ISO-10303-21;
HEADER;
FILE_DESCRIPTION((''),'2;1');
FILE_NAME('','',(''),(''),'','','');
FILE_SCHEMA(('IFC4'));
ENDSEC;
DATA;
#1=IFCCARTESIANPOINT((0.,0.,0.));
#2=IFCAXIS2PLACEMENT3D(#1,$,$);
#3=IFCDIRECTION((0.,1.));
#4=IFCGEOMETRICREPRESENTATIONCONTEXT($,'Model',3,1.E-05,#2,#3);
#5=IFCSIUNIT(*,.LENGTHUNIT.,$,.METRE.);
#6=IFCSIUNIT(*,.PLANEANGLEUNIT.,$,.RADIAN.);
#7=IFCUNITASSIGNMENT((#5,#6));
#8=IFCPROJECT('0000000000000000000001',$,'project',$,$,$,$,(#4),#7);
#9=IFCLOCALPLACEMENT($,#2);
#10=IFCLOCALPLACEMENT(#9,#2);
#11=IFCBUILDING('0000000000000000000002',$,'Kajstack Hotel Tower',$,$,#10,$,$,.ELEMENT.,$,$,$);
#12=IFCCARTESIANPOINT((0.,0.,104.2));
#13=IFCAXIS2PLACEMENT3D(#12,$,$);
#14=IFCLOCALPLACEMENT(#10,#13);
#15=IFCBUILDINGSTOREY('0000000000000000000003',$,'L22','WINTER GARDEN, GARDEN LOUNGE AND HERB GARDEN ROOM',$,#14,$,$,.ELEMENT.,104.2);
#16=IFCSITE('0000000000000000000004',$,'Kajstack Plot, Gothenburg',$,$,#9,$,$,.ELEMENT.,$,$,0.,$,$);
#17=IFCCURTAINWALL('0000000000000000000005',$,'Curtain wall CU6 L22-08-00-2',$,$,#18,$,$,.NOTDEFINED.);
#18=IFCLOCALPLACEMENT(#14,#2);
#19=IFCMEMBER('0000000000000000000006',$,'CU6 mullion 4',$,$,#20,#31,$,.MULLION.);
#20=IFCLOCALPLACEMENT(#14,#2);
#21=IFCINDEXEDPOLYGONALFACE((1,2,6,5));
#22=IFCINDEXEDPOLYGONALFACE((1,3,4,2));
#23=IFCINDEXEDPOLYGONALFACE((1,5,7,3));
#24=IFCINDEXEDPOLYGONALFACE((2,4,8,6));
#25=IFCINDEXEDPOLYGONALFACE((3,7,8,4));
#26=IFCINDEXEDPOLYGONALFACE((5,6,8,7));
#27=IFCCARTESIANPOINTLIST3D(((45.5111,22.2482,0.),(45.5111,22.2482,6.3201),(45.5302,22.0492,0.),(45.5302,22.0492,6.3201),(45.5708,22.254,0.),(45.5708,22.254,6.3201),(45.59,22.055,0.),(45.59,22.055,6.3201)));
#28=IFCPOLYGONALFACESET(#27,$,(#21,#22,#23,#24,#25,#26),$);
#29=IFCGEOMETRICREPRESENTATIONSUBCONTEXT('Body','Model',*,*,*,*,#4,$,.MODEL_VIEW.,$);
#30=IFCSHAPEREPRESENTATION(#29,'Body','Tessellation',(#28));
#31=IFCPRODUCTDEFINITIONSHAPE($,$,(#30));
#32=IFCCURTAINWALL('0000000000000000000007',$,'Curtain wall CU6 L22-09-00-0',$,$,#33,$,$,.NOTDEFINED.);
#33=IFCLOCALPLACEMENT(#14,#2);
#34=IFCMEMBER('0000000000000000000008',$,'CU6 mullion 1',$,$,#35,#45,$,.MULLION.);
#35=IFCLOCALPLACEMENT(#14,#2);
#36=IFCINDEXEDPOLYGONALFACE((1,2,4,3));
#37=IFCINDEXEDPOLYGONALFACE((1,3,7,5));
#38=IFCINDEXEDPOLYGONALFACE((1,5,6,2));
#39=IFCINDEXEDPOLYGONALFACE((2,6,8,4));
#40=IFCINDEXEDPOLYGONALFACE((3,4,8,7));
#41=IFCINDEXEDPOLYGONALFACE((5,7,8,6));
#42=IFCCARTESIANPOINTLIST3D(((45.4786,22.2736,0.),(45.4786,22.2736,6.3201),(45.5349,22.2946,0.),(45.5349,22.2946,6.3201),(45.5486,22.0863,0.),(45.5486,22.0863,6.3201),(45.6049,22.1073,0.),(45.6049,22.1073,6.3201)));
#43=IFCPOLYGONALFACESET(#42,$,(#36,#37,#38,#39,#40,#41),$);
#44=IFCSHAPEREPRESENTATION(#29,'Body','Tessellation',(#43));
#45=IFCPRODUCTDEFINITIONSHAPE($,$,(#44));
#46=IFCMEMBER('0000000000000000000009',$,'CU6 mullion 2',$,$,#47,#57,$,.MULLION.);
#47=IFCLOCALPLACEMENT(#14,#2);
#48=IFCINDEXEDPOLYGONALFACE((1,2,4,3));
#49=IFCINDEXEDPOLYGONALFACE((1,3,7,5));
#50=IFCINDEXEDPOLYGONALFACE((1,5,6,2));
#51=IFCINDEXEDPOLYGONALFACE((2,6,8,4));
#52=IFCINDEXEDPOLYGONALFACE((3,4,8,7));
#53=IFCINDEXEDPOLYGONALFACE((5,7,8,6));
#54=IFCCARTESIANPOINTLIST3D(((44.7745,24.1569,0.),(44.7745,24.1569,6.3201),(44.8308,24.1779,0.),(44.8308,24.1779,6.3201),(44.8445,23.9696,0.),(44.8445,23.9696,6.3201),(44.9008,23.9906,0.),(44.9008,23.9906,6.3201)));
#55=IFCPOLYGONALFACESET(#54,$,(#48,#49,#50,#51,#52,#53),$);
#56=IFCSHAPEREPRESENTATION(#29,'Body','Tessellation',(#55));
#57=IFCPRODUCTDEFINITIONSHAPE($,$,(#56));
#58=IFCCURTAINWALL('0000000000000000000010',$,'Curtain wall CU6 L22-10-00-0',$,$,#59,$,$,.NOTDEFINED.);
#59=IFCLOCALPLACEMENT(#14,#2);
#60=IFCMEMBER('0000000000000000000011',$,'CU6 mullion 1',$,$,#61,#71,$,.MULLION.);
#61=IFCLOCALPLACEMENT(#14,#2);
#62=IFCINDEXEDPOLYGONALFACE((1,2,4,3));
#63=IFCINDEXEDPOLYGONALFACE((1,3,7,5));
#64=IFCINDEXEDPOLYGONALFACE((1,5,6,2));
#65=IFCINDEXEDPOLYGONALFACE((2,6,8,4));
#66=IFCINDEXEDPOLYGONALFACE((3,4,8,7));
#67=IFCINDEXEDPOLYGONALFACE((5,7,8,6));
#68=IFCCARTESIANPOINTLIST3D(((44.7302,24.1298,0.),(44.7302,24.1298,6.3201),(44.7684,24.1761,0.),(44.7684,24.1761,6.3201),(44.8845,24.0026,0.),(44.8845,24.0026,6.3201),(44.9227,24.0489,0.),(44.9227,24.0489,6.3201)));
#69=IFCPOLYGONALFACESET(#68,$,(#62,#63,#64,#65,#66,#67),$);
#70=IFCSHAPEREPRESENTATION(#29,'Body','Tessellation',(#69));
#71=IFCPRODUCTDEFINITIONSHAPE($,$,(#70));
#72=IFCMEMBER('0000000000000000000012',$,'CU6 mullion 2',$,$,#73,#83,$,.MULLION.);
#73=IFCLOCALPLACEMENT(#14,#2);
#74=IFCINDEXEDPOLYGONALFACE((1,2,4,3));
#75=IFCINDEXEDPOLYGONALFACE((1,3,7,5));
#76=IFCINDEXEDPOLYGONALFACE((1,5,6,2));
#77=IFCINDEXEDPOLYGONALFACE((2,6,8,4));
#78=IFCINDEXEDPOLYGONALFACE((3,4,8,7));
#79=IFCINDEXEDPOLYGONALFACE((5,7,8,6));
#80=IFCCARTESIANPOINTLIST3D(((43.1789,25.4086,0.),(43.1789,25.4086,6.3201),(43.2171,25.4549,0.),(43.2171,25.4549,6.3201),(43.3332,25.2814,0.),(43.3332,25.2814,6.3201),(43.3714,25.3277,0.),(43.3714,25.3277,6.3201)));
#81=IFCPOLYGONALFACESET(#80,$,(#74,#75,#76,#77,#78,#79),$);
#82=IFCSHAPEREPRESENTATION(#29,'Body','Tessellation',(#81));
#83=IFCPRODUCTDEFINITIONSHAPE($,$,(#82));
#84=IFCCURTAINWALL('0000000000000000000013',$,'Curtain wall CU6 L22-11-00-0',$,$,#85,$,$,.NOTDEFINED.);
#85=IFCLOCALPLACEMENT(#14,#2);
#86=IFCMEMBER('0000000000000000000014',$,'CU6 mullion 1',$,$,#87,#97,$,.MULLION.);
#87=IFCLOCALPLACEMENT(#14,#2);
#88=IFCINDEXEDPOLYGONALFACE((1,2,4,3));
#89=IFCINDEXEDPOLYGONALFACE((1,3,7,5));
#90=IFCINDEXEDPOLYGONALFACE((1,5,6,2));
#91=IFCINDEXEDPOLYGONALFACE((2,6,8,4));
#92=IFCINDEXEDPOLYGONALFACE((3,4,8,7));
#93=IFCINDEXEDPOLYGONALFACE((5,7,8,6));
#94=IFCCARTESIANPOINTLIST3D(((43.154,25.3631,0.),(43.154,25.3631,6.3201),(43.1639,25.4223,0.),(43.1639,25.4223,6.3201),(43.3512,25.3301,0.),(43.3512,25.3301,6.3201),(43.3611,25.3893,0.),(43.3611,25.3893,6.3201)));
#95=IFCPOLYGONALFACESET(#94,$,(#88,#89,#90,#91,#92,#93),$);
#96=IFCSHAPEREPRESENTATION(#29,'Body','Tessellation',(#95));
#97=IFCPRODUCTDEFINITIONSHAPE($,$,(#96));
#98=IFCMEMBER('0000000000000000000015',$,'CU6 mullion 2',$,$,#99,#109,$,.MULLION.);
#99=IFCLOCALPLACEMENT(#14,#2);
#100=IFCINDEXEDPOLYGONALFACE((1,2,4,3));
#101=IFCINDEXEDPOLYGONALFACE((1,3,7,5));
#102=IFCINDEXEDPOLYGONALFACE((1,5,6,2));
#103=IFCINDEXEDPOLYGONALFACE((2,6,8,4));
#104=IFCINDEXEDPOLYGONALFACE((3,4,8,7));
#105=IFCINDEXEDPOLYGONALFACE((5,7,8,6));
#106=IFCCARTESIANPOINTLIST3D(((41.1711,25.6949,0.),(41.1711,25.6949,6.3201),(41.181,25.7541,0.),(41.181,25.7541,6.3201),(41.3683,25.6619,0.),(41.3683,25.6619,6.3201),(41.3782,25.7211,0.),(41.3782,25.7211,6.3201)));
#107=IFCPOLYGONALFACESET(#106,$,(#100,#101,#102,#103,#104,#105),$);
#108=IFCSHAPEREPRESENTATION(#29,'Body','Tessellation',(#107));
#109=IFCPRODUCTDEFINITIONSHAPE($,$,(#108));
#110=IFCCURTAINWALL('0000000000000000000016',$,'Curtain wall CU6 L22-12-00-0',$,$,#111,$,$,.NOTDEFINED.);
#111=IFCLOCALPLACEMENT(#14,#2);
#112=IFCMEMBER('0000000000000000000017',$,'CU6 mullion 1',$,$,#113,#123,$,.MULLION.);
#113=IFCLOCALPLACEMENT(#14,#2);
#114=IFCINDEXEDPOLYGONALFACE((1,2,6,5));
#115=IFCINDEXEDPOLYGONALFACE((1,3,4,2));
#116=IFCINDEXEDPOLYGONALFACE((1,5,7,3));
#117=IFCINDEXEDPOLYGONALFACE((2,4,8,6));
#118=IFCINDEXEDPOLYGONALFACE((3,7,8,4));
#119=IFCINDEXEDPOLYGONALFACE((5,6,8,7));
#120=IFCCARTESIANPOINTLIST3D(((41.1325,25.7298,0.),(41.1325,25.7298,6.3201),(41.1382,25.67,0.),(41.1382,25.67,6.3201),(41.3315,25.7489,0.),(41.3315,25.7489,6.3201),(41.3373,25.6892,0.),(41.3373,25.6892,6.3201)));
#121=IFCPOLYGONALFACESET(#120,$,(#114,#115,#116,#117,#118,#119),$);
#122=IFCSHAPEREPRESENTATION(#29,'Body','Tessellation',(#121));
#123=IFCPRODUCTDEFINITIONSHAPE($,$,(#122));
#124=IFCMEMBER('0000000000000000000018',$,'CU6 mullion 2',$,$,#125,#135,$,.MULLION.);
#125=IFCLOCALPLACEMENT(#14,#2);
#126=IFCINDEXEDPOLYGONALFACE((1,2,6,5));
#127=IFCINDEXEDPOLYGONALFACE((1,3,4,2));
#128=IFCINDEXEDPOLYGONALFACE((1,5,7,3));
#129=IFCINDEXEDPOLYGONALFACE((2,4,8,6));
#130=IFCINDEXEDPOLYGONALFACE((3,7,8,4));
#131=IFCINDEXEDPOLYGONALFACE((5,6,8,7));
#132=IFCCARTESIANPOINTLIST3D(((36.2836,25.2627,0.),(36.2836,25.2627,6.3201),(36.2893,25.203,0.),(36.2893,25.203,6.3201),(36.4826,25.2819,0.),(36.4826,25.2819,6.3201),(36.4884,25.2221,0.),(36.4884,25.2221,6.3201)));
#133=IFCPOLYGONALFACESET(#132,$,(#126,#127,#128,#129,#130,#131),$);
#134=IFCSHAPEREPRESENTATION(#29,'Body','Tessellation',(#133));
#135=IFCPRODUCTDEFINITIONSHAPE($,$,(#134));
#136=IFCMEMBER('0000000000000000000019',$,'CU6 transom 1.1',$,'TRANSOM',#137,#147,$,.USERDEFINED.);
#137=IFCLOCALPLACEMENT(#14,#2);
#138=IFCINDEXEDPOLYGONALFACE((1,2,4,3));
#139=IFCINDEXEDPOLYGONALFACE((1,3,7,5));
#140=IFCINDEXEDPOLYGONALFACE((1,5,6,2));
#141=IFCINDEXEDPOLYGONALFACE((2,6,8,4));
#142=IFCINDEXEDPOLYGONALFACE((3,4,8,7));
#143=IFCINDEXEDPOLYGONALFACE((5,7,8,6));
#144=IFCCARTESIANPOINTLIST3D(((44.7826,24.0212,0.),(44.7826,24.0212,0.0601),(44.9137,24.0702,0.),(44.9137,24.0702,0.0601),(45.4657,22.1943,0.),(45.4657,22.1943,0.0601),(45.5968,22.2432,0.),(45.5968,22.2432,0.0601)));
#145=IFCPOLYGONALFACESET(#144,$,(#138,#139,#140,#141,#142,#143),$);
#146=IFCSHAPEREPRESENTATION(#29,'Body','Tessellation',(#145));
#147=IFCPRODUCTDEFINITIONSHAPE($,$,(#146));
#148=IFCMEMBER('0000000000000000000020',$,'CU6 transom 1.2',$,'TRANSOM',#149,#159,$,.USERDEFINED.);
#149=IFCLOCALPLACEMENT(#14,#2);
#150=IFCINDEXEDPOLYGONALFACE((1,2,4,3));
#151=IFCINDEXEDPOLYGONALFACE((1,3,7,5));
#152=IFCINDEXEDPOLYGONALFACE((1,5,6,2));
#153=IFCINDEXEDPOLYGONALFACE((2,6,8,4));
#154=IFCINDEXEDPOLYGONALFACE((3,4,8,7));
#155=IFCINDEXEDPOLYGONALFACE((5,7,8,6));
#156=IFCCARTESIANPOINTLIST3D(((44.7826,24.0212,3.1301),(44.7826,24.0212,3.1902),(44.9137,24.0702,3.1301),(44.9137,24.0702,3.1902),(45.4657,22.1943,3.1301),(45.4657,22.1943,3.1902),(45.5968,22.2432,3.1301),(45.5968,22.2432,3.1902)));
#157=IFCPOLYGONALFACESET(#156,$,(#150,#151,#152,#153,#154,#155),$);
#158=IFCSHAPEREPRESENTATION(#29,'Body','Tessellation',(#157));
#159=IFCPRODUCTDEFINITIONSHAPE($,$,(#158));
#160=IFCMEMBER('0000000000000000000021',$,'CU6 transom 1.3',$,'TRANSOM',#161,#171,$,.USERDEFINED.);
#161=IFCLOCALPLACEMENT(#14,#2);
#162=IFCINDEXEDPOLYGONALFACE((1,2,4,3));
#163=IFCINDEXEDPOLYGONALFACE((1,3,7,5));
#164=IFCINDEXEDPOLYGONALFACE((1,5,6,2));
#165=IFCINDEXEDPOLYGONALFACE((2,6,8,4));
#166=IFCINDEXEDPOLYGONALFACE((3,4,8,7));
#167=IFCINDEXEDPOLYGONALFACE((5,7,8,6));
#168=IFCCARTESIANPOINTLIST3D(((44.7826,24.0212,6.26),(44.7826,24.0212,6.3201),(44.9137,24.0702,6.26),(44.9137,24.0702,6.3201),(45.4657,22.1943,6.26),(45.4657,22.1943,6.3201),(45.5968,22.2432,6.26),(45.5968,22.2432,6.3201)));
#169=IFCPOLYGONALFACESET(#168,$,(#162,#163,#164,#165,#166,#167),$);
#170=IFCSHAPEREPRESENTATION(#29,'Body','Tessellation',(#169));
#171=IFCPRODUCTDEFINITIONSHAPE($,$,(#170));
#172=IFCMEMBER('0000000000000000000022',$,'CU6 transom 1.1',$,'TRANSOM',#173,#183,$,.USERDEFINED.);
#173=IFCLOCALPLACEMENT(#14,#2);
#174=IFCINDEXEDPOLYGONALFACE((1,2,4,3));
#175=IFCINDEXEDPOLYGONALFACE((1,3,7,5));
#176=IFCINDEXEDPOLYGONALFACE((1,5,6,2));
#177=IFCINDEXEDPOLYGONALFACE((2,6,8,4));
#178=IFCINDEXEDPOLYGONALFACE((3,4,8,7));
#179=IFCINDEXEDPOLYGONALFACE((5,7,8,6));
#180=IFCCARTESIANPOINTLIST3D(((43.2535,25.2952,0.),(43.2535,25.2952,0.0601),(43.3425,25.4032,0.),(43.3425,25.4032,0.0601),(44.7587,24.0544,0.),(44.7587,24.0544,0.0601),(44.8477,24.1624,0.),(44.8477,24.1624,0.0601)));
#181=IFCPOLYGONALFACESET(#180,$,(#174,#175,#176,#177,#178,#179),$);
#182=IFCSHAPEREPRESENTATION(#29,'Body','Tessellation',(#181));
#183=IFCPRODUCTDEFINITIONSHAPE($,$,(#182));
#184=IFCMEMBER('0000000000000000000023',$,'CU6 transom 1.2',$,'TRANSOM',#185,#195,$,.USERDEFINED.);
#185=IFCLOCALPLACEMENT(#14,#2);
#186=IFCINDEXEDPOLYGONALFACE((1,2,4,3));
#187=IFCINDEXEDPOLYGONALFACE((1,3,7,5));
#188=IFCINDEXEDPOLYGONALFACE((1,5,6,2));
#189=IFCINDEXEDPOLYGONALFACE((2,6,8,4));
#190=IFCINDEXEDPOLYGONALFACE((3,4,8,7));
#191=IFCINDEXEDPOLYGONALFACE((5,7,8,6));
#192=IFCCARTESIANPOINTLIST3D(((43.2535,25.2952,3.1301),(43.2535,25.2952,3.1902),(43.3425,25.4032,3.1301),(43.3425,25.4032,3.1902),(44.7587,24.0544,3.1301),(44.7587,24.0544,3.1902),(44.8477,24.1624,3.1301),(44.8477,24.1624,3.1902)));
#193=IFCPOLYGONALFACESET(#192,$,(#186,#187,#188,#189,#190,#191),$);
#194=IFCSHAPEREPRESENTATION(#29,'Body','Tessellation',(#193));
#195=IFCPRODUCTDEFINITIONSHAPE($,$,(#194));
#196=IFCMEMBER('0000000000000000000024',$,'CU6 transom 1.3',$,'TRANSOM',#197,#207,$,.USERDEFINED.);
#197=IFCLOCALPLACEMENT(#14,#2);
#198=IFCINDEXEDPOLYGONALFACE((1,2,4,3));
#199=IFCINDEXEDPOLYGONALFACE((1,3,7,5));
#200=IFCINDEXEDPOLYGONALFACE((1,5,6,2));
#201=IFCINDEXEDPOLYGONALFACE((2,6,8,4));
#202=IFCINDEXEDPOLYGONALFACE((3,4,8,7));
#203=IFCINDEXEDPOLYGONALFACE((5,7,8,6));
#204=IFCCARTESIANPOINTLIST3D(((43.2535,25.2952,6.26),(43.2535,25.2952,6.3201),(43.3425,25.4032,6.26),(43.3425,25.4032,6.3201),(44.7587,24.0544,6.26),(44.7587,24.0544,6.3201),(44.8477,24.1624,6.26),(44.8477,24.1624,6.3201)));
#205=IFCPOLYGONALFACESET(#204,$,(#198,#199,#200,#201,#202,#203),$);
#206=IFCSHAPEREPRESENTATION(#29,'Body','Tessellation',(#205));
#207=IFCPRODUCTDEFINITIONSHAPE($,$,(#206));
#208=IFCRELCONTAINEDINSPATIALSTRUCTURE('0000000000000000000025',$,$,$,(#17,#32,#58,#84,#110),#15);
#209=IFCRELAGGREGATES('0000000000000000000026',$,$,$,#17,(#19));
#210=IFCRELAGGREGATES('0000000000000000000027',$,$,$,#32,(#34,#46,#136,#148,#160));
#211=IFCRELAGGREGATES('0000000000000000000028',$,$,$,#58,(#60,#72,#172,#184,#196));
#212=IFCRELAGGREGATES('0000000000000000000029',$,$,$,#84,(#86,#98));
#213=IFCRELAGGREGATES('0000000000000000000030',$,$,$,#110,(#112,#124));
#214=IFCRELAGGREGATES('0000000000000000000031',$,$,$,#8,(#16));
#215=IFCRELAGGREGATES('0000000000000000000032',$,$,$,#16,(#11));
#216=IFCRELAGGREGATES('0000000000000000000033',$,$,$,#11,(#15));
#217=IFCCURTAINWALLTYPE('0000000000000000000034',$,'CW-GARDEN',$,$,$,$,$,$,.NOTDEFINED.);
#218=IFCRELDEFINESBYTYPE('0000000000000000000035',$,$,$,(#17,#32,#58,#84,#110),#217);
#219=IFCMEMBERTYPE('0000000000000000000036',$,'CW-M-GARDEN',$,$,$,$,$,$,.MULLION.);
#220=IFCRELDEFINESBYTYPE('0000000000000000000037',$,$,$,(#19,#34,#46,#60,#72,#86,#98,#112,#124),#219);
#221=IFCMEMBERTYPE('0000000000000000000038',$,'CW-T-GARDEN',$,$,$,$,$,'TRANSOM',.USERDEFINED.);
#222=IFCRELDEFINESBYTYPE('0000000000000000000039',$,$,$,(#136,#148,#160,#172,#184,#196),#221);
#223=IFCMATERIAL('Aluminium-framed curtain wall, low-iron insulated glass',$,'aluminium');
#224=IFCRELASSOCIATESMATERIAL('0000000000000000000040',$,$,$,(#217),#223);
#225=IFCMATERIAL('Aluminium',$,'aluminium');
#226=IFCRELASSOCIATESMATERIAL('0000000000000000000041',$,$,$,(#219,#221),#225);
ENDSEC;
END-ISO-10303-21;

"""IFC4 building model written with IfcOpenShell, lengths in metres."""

from ifc_helpers import new_model, si_unit, direction, frame, origin, origin_2d, place, context, subcontext, project, spatial, rectangle, extrude, material, material_profile, profile_set, type_object, element, aggregate, save


model = new_model("IFC4")

# Units and contexts
model_context = context("Model", 3, precision=1e-05, world=origin(), true_north=direction((0.0, 1.0)))
body_context = subcontext(model_context, "Body", "Model", "MODEL_VIEW")
ifc_project = project(units=[si_unit("LENGTHUNIT", "METRE"), si_unit("PLANEANGLEUNIT", "RADIAN")], contexts=[model_context])

# Site, building, storey
site_placement = place(None, origin())
site = spatial("IfcSite", under=ifc_project, at=site_placement, Name="Kajstack Plot, Gothenburg", CompositionType="ELEMENT", RefElevation=0.0)
building_placement = place(site_placement, origin())
building = spatial("IfcBuilding", under=site, at=building_placement, Name="Kajstack Hotel Tower", CompositionType="ELEMENT")
storey_placement = place(building_placement, frame((0.0, 0.0, 104.2)))
storey = spatial("IfcBuildingStorey", under=building, at=storey_placement, Name="L22", Description="WINTER GARDEN, GARDEN LOUNGE AND HERB GARDEN ROOM", CompositionType="ELEMENT", Elevation=104.2)

# Curtain wall, member
ifc_material_1 = material(Name="Aluminium-framed curtain wall, low-iron insulated glass", Category="aluminium")
curtain_wall_type = type_object("IfcCurtainWallType", Name="CW-GARDEN", PredefinedType="NOTDEFINED", material=ifc_material_1)
curtain_wall_1_placement = place(storey_placement, origin())
curtain_wall_1 = element("IfcCurtainWall", 1, at=curtain_wall_1_placement, inside=storey, type_object=curtain_wall_type, Name="Curtain wall CU6 L22-08-00-2", PredefinedType="NOTDEFINED")
ifc_material_2 = material(Name="Aluminium", Category="aluminium")
ifc_material_profile_1 = material_profile(ifc_material_2, rectangle(XDim=0.0601, YDim=0.2, at=origin_2d()), Name="Aluminium mullion 60 x 200")
ifc_profile_set_1 = profile_set([ifc_material_profile_1], Name="Aluminium")
member_type_1 = type_object("IfcMemberType", Name="CW-M-GARDEN", PredefinedType="MULLION", material=ifc_profile_set_1)
member_1_placement = place(storey_placement, frame((45.5505, 22.1516, 0.0), z_axis=(0.0, 0.0, 1.0), x_axis=(-0.995396, -0.095846, 0.0)))
member_1 = element("IfcMember", 2, at=member_1_placement, type_object=member_type_1, Name="CU6 mullion 4", PredefinedType="MULLION", context=body_context, shape_type="SweptSolid", body=[
    extrude(rectangle(XDim=0.0601, YDim=0.2, at=origin_2d()), origin(), (0.0, 0.0, 1.0), 6.3201),
])

# Curtain walls, members
curtain_wall_2_placement = place(storey_placement, origin())
curtain_wall_2 = element("IfcCurtainWall", 3, at=curtain_wall_2_placement, inside=storey, type_object=curtain_wall_type, Name="Curtain wall CU6 L22-09-00-0", PredefinedType="NOTDEFINED")
member_2_placement = place(storey_placement, frame((45.5417, 22.1904, 0.0), z_axis=(0.0, 0.0, 1.0), x_axis=(-0.93668, -0.350186, 0.0)))
member_2 = element("IfcMember", 4, at=member_2_placement, type_object=member_type_1, Name="CU6 mullion 1", PredefinedType="MULLION", context=body_context, shape_type="SweptSolid", body=[
    extrude(rectangle(XDim=0.0601, YDim=0.2, at=origin_2d()), origin(), (0.0, 0.0, 1.0), 6.3201),
])
member_3_placement = place(storey_placement, frame((44.8376, 24.0737, 0.0), z_axis=(0.0, 0.0, 1.0), x_axis=(-0.93668, -0.350186, 0.0)))
member_3 = element("IfcMember", 5, at=member_3_placement, type_object=member_type_1, Name="CU6 mullion 2", PredefinedType="MULLION", context=body_context, shape_type="SweptSolid", body=[
    extrude(rectangle(XDim=0.0601, YDim=0.2, at=origin_2d()), origin(), (0.0, 0.0, 1.0), 6.3201),
])
curtain_wall_3_placement = place(storey_placement, origin())
curtain_wall_3 = element("IfcCurtainWall", 6, at=curtain_wall_3_placement, inside=storey, type_object=curtain_wall_type, Name="Curtain wall CU6 L22-10-00-0", PredefinedType="NOTDEFINED")
member_4_placement = place(storey_placement, frame((44.8264, 24.0894, 0.0), z_axis=(0.0, 0.0, 1.0), x_axis=(-0.636066, -0.771635, 0.0)))
member_4 = element("IfcMember", 7, at=member_4_placement, type_object=member_type_1, Name="CU6 mullion 1", PredefinedType="MULLION", context=body_context, shape_type="SweptSolid", body=[
    extrude(rectangle(XDim=0.0601, YDim=0.2, at=origin_2d()), origin(), (0.0, 0.0, 1.0), 6.3201),
])
member_5_placement = place(storey_placement, frame((43.2751, 25.3682, 0.0), z_axis=(0.0, 0.0, 1.0), x_axis=(-0.636066, -0.771635, 0.0)))
member_5 = element("IfcMember", 8, at=member_5_placement, type_object=member_type_1, Name="CU6 mullion 2", PredefinedType="MULLION", context=body_context, shape_type="SweptSolid", body=[
    extrude(rectangle(XDim=0.0601, YDim=0.2, at=origin_2d()), origin(), (0.0, 0.0, 1.0), 6.3201),
])
curtain_wall_4_placement = place(storey_placement, origin())
curtain_wall_4 = element("IfcCurtainWall", 9, at=curtain_wall_4_placement, inside=storey, type_object=curtain_wall_type, Name="Curtain wall CU6 L22-11-00-0", PredefinedType="NOTDEFINED")
member_6_placement = place(storey_placement, frame((43.2576, 25.3762, 0.0), z_axis=(0.0, 0.0, 1.0), x_axis=(-0.165033, -0.986288, 0.0)))
member_6 = element("IfcMember", 10, at=member_6_placement, type_object=member_type_1, Name="CU6 mullion 1", PredefinedType="MULLION", context=body_context, shape_type="SweptSolid", body=[
    extrude(rectangle(XDim=0.0601, YDim=0.2, at=origin_2d()), origin(), (0.0, 0.0, 1.0), 6.3201),
])
member_7_placement = place(storey_placement, frame((41.2747, 25.708, 0.0), z_axis=(0.0, 0.0, 1.0), x_axis=(-0.165033, -0.986288, 0.0)))
member_7 = element("IfcMember", 11, at=member_7_placement, type_object=member_type_1, Name="CU6 mullion 2", PredefinedType="MULLION", context=body_context, shape_type="SweptSolid", body=[
    extrude(rectangle(XDim=0.0601, YDim=0.2, at=origin_2d()), origin(), (0.0, 0.0, 1.0), 6.3201),
])
curtain_wall_5_placement = place(storey_placement, origin())
curtain_wall_5 = element("IfcCurtainWall", 12, at=curtain_wall_5_placement, inside=storey, type_object=curtain_wall_type, Name="Curtain wall CU6 L22-12-00-0", PredefinedType="NOTDEFINED")
member_8_placement = place(storey_placement, frame((41.2349, 25.7095, 0.0), z_axis=(0.0, 0.0, 1.0), x_axis=(0.095845, -0.995396, 0.0)))
member_8 = element("IfcMember", 13, at=member_8_placement, type_object=member_type_1, Name="CU6 mullion 1", PredefinedType="MULLION", context=body_context, shape_type="SweptSolid", body=[
    extrude(rectangle(XDim=0.0601, YDim=0.2, at=origin_2d()), origin(), (0.0, 0.0, 1.0), 6.3201),
])
member_9_placement = place(storey_placement, frame((36.386, 25.2424, 0.0), z_axis=(0.0, 0.0, 1.0), x_axis=(0.095845, -0.995396, 0.0)))
member_9 = element("IfcMember", 14, at=member_9_placement, type_object=member_type_1, Name="CU6 mullion 2", PredefinedType="MULLION", context=body_context, shape_type="SweptSolid", body=[
    extrude(rectangle(XDim=0.0601, YDim=0.2, at=origin_2d()), origin(), (0.0, 0.0, 1.0), 6.3201),
])

# Members
ifc_material_profile_2 = material_profile(ifc_material_2, rectangle(XDim=0.1399, YDim=0.0601, at=origin_2d()), Name="Aluminium transom 140 x 60")
ifc_profile_set_2 = profile_set([ifc_material_profile_2], Name="Aluminium")
member_type_2 = type_object("IfcMemberType", Name="CW-T-GARDEN", ElementType="TRANSOM", PredefinedType="USERDEFINED", material=ifc_profile_set_2)
member_10_placement = place(storey_placement, frame((45.5312, 22.2188, 0.03), z_axis=(-0.350232, 0.936663, 0.0), x_axis=(-0.936663, -0.350232, 0.0)))
member_10 = element("IfcMember", 15, at=member_10_placement, type_object=member_type_2, Name="CU6 transom 1.1", ObjectType="TRANSOM", PredefinedType="USERDEFINED", context=body_context, shape_type="SweptSolid", body=[
    extrude(rectangle(XDim=0.1399, YDim=0.0601, at=origin_2d()), origin(), (0.0, 0.0, 1.0), 1.9504),
])
member_11_placement = place(storey_placement, frame((45.5312, 22.2188, 3.1602), z_axis=(-0.350232, 0.936663, 0.0), x_axis=(-0.936663, -0.350232, 0.0)))
member_11 = element("IfcMember", 16, at=member_11_placement, type_object=member_type_2, Name="CU6 transom 1.2", ObjectType="TRANSOM", PredefinedType="USERDEFINED", context=body_context, shape_type="SweptSolid", body=[
    extrude(rectangle(XDim=0.1399, YDim=0.0601, at=origin_2d()), origin(), (0.0, 0.0, 1.0), 1.9504),
])
member_12_placement = place(storey_placement, frame((45.5312, 22.2188, 6.29), z_axis=(-0.350232, 0.936663, 0.0), x_axis=(-0.936663, -0.350232, 0.0)))
member_12 = element("IfcMember", 17, at=member_12_placement, type_object=member_type_2, Name="CU6 transom 1.3", ObjectType="TRANSOM", PredefinedType="USERDEFINED", context=body_context, shape_type="SweptSolid", body=[
    extrude(rectangle(XDim=0.1399, YDim=0.0601, at=origin_2d()), origin(), (0.0, 0.0, 1.0), 1.9504),
])
member_13_placement = place(storey_placement, frame((44.8032, 24.1084, 0.03), z_axis=(-0.771627, 0.636076, 0.0), x_axis=(-0.636076, -0.771627, 0.0)))
member_13 = element("IfcMember", 18, at=member_13_placement, type_object=member_type_2, Name="CU6 transom 1.1", ObjectType="TRANSOM", PredefinedType="USERDEFINED", context=body_context, shape_type="SweptSolid", body=[
    extrude(rectangle(XDim=0.1399, YDim=0.0601, at=origin_2d()), origin(), (0.0, 0.0, 1.0), 1.9507),
])
member_14_placement = place(storey_placement, frame((44.8032, 24.1084, 3.1602), z_axis=(-0.771627, 0.636076, 0.0), x_axis=(-0.636076, -0.771627, 0.0)))
member_14 = element("IfcMember", 19, at=member_14_placement, type_object=member_type_2, Name="CU6 transom 1.2", ObjectType="TRANSOM", PredefinedType="USERDEFINED", context=body_context, shape_type="SweptSolid", body=[
    extrude(rectangle(XDim=0.1399, YDim=0.0601, at=origin_2d()), origin(), (0.0, 0.0, 1.0), 1.9507),
])
member_15_placement = place(storey_placement, frame((44.8032, 24.1084, 6.29), z_axis=(-0.771627, 0.636076, 0.0), x_axis=(-0.636076, -0.771627, 0.0)))
member_15 = element("IfcMember", 20, at=member_15_placement, type_object=member_type_2, Name="CU6 transom 1.3", ObjectType="TRANSOM", PredefinedType="USERDEFINED", context=body_context, shape_type="SweptSolid", body=[
    extrude(rectangle(XDim=0.1399, YDim=0.0601, at=origin_2d()), origin(), (0.0, 0.0, 1.0), 1.9507),
])

aggregate(curtain_wall_1, [member_1])
aggregate(curtain_wall_2, [member_2, member_3, member_10, member_11, member_12])
aggregate(curtain_wall_3, [member_4, member_5, member_13, member_14, member_15])
aggregate(curtain_wall_4, [member_6, member_7])
aggregate(curtain_wall_5, [member_8, member_9])

save(model, "model.ifc")
